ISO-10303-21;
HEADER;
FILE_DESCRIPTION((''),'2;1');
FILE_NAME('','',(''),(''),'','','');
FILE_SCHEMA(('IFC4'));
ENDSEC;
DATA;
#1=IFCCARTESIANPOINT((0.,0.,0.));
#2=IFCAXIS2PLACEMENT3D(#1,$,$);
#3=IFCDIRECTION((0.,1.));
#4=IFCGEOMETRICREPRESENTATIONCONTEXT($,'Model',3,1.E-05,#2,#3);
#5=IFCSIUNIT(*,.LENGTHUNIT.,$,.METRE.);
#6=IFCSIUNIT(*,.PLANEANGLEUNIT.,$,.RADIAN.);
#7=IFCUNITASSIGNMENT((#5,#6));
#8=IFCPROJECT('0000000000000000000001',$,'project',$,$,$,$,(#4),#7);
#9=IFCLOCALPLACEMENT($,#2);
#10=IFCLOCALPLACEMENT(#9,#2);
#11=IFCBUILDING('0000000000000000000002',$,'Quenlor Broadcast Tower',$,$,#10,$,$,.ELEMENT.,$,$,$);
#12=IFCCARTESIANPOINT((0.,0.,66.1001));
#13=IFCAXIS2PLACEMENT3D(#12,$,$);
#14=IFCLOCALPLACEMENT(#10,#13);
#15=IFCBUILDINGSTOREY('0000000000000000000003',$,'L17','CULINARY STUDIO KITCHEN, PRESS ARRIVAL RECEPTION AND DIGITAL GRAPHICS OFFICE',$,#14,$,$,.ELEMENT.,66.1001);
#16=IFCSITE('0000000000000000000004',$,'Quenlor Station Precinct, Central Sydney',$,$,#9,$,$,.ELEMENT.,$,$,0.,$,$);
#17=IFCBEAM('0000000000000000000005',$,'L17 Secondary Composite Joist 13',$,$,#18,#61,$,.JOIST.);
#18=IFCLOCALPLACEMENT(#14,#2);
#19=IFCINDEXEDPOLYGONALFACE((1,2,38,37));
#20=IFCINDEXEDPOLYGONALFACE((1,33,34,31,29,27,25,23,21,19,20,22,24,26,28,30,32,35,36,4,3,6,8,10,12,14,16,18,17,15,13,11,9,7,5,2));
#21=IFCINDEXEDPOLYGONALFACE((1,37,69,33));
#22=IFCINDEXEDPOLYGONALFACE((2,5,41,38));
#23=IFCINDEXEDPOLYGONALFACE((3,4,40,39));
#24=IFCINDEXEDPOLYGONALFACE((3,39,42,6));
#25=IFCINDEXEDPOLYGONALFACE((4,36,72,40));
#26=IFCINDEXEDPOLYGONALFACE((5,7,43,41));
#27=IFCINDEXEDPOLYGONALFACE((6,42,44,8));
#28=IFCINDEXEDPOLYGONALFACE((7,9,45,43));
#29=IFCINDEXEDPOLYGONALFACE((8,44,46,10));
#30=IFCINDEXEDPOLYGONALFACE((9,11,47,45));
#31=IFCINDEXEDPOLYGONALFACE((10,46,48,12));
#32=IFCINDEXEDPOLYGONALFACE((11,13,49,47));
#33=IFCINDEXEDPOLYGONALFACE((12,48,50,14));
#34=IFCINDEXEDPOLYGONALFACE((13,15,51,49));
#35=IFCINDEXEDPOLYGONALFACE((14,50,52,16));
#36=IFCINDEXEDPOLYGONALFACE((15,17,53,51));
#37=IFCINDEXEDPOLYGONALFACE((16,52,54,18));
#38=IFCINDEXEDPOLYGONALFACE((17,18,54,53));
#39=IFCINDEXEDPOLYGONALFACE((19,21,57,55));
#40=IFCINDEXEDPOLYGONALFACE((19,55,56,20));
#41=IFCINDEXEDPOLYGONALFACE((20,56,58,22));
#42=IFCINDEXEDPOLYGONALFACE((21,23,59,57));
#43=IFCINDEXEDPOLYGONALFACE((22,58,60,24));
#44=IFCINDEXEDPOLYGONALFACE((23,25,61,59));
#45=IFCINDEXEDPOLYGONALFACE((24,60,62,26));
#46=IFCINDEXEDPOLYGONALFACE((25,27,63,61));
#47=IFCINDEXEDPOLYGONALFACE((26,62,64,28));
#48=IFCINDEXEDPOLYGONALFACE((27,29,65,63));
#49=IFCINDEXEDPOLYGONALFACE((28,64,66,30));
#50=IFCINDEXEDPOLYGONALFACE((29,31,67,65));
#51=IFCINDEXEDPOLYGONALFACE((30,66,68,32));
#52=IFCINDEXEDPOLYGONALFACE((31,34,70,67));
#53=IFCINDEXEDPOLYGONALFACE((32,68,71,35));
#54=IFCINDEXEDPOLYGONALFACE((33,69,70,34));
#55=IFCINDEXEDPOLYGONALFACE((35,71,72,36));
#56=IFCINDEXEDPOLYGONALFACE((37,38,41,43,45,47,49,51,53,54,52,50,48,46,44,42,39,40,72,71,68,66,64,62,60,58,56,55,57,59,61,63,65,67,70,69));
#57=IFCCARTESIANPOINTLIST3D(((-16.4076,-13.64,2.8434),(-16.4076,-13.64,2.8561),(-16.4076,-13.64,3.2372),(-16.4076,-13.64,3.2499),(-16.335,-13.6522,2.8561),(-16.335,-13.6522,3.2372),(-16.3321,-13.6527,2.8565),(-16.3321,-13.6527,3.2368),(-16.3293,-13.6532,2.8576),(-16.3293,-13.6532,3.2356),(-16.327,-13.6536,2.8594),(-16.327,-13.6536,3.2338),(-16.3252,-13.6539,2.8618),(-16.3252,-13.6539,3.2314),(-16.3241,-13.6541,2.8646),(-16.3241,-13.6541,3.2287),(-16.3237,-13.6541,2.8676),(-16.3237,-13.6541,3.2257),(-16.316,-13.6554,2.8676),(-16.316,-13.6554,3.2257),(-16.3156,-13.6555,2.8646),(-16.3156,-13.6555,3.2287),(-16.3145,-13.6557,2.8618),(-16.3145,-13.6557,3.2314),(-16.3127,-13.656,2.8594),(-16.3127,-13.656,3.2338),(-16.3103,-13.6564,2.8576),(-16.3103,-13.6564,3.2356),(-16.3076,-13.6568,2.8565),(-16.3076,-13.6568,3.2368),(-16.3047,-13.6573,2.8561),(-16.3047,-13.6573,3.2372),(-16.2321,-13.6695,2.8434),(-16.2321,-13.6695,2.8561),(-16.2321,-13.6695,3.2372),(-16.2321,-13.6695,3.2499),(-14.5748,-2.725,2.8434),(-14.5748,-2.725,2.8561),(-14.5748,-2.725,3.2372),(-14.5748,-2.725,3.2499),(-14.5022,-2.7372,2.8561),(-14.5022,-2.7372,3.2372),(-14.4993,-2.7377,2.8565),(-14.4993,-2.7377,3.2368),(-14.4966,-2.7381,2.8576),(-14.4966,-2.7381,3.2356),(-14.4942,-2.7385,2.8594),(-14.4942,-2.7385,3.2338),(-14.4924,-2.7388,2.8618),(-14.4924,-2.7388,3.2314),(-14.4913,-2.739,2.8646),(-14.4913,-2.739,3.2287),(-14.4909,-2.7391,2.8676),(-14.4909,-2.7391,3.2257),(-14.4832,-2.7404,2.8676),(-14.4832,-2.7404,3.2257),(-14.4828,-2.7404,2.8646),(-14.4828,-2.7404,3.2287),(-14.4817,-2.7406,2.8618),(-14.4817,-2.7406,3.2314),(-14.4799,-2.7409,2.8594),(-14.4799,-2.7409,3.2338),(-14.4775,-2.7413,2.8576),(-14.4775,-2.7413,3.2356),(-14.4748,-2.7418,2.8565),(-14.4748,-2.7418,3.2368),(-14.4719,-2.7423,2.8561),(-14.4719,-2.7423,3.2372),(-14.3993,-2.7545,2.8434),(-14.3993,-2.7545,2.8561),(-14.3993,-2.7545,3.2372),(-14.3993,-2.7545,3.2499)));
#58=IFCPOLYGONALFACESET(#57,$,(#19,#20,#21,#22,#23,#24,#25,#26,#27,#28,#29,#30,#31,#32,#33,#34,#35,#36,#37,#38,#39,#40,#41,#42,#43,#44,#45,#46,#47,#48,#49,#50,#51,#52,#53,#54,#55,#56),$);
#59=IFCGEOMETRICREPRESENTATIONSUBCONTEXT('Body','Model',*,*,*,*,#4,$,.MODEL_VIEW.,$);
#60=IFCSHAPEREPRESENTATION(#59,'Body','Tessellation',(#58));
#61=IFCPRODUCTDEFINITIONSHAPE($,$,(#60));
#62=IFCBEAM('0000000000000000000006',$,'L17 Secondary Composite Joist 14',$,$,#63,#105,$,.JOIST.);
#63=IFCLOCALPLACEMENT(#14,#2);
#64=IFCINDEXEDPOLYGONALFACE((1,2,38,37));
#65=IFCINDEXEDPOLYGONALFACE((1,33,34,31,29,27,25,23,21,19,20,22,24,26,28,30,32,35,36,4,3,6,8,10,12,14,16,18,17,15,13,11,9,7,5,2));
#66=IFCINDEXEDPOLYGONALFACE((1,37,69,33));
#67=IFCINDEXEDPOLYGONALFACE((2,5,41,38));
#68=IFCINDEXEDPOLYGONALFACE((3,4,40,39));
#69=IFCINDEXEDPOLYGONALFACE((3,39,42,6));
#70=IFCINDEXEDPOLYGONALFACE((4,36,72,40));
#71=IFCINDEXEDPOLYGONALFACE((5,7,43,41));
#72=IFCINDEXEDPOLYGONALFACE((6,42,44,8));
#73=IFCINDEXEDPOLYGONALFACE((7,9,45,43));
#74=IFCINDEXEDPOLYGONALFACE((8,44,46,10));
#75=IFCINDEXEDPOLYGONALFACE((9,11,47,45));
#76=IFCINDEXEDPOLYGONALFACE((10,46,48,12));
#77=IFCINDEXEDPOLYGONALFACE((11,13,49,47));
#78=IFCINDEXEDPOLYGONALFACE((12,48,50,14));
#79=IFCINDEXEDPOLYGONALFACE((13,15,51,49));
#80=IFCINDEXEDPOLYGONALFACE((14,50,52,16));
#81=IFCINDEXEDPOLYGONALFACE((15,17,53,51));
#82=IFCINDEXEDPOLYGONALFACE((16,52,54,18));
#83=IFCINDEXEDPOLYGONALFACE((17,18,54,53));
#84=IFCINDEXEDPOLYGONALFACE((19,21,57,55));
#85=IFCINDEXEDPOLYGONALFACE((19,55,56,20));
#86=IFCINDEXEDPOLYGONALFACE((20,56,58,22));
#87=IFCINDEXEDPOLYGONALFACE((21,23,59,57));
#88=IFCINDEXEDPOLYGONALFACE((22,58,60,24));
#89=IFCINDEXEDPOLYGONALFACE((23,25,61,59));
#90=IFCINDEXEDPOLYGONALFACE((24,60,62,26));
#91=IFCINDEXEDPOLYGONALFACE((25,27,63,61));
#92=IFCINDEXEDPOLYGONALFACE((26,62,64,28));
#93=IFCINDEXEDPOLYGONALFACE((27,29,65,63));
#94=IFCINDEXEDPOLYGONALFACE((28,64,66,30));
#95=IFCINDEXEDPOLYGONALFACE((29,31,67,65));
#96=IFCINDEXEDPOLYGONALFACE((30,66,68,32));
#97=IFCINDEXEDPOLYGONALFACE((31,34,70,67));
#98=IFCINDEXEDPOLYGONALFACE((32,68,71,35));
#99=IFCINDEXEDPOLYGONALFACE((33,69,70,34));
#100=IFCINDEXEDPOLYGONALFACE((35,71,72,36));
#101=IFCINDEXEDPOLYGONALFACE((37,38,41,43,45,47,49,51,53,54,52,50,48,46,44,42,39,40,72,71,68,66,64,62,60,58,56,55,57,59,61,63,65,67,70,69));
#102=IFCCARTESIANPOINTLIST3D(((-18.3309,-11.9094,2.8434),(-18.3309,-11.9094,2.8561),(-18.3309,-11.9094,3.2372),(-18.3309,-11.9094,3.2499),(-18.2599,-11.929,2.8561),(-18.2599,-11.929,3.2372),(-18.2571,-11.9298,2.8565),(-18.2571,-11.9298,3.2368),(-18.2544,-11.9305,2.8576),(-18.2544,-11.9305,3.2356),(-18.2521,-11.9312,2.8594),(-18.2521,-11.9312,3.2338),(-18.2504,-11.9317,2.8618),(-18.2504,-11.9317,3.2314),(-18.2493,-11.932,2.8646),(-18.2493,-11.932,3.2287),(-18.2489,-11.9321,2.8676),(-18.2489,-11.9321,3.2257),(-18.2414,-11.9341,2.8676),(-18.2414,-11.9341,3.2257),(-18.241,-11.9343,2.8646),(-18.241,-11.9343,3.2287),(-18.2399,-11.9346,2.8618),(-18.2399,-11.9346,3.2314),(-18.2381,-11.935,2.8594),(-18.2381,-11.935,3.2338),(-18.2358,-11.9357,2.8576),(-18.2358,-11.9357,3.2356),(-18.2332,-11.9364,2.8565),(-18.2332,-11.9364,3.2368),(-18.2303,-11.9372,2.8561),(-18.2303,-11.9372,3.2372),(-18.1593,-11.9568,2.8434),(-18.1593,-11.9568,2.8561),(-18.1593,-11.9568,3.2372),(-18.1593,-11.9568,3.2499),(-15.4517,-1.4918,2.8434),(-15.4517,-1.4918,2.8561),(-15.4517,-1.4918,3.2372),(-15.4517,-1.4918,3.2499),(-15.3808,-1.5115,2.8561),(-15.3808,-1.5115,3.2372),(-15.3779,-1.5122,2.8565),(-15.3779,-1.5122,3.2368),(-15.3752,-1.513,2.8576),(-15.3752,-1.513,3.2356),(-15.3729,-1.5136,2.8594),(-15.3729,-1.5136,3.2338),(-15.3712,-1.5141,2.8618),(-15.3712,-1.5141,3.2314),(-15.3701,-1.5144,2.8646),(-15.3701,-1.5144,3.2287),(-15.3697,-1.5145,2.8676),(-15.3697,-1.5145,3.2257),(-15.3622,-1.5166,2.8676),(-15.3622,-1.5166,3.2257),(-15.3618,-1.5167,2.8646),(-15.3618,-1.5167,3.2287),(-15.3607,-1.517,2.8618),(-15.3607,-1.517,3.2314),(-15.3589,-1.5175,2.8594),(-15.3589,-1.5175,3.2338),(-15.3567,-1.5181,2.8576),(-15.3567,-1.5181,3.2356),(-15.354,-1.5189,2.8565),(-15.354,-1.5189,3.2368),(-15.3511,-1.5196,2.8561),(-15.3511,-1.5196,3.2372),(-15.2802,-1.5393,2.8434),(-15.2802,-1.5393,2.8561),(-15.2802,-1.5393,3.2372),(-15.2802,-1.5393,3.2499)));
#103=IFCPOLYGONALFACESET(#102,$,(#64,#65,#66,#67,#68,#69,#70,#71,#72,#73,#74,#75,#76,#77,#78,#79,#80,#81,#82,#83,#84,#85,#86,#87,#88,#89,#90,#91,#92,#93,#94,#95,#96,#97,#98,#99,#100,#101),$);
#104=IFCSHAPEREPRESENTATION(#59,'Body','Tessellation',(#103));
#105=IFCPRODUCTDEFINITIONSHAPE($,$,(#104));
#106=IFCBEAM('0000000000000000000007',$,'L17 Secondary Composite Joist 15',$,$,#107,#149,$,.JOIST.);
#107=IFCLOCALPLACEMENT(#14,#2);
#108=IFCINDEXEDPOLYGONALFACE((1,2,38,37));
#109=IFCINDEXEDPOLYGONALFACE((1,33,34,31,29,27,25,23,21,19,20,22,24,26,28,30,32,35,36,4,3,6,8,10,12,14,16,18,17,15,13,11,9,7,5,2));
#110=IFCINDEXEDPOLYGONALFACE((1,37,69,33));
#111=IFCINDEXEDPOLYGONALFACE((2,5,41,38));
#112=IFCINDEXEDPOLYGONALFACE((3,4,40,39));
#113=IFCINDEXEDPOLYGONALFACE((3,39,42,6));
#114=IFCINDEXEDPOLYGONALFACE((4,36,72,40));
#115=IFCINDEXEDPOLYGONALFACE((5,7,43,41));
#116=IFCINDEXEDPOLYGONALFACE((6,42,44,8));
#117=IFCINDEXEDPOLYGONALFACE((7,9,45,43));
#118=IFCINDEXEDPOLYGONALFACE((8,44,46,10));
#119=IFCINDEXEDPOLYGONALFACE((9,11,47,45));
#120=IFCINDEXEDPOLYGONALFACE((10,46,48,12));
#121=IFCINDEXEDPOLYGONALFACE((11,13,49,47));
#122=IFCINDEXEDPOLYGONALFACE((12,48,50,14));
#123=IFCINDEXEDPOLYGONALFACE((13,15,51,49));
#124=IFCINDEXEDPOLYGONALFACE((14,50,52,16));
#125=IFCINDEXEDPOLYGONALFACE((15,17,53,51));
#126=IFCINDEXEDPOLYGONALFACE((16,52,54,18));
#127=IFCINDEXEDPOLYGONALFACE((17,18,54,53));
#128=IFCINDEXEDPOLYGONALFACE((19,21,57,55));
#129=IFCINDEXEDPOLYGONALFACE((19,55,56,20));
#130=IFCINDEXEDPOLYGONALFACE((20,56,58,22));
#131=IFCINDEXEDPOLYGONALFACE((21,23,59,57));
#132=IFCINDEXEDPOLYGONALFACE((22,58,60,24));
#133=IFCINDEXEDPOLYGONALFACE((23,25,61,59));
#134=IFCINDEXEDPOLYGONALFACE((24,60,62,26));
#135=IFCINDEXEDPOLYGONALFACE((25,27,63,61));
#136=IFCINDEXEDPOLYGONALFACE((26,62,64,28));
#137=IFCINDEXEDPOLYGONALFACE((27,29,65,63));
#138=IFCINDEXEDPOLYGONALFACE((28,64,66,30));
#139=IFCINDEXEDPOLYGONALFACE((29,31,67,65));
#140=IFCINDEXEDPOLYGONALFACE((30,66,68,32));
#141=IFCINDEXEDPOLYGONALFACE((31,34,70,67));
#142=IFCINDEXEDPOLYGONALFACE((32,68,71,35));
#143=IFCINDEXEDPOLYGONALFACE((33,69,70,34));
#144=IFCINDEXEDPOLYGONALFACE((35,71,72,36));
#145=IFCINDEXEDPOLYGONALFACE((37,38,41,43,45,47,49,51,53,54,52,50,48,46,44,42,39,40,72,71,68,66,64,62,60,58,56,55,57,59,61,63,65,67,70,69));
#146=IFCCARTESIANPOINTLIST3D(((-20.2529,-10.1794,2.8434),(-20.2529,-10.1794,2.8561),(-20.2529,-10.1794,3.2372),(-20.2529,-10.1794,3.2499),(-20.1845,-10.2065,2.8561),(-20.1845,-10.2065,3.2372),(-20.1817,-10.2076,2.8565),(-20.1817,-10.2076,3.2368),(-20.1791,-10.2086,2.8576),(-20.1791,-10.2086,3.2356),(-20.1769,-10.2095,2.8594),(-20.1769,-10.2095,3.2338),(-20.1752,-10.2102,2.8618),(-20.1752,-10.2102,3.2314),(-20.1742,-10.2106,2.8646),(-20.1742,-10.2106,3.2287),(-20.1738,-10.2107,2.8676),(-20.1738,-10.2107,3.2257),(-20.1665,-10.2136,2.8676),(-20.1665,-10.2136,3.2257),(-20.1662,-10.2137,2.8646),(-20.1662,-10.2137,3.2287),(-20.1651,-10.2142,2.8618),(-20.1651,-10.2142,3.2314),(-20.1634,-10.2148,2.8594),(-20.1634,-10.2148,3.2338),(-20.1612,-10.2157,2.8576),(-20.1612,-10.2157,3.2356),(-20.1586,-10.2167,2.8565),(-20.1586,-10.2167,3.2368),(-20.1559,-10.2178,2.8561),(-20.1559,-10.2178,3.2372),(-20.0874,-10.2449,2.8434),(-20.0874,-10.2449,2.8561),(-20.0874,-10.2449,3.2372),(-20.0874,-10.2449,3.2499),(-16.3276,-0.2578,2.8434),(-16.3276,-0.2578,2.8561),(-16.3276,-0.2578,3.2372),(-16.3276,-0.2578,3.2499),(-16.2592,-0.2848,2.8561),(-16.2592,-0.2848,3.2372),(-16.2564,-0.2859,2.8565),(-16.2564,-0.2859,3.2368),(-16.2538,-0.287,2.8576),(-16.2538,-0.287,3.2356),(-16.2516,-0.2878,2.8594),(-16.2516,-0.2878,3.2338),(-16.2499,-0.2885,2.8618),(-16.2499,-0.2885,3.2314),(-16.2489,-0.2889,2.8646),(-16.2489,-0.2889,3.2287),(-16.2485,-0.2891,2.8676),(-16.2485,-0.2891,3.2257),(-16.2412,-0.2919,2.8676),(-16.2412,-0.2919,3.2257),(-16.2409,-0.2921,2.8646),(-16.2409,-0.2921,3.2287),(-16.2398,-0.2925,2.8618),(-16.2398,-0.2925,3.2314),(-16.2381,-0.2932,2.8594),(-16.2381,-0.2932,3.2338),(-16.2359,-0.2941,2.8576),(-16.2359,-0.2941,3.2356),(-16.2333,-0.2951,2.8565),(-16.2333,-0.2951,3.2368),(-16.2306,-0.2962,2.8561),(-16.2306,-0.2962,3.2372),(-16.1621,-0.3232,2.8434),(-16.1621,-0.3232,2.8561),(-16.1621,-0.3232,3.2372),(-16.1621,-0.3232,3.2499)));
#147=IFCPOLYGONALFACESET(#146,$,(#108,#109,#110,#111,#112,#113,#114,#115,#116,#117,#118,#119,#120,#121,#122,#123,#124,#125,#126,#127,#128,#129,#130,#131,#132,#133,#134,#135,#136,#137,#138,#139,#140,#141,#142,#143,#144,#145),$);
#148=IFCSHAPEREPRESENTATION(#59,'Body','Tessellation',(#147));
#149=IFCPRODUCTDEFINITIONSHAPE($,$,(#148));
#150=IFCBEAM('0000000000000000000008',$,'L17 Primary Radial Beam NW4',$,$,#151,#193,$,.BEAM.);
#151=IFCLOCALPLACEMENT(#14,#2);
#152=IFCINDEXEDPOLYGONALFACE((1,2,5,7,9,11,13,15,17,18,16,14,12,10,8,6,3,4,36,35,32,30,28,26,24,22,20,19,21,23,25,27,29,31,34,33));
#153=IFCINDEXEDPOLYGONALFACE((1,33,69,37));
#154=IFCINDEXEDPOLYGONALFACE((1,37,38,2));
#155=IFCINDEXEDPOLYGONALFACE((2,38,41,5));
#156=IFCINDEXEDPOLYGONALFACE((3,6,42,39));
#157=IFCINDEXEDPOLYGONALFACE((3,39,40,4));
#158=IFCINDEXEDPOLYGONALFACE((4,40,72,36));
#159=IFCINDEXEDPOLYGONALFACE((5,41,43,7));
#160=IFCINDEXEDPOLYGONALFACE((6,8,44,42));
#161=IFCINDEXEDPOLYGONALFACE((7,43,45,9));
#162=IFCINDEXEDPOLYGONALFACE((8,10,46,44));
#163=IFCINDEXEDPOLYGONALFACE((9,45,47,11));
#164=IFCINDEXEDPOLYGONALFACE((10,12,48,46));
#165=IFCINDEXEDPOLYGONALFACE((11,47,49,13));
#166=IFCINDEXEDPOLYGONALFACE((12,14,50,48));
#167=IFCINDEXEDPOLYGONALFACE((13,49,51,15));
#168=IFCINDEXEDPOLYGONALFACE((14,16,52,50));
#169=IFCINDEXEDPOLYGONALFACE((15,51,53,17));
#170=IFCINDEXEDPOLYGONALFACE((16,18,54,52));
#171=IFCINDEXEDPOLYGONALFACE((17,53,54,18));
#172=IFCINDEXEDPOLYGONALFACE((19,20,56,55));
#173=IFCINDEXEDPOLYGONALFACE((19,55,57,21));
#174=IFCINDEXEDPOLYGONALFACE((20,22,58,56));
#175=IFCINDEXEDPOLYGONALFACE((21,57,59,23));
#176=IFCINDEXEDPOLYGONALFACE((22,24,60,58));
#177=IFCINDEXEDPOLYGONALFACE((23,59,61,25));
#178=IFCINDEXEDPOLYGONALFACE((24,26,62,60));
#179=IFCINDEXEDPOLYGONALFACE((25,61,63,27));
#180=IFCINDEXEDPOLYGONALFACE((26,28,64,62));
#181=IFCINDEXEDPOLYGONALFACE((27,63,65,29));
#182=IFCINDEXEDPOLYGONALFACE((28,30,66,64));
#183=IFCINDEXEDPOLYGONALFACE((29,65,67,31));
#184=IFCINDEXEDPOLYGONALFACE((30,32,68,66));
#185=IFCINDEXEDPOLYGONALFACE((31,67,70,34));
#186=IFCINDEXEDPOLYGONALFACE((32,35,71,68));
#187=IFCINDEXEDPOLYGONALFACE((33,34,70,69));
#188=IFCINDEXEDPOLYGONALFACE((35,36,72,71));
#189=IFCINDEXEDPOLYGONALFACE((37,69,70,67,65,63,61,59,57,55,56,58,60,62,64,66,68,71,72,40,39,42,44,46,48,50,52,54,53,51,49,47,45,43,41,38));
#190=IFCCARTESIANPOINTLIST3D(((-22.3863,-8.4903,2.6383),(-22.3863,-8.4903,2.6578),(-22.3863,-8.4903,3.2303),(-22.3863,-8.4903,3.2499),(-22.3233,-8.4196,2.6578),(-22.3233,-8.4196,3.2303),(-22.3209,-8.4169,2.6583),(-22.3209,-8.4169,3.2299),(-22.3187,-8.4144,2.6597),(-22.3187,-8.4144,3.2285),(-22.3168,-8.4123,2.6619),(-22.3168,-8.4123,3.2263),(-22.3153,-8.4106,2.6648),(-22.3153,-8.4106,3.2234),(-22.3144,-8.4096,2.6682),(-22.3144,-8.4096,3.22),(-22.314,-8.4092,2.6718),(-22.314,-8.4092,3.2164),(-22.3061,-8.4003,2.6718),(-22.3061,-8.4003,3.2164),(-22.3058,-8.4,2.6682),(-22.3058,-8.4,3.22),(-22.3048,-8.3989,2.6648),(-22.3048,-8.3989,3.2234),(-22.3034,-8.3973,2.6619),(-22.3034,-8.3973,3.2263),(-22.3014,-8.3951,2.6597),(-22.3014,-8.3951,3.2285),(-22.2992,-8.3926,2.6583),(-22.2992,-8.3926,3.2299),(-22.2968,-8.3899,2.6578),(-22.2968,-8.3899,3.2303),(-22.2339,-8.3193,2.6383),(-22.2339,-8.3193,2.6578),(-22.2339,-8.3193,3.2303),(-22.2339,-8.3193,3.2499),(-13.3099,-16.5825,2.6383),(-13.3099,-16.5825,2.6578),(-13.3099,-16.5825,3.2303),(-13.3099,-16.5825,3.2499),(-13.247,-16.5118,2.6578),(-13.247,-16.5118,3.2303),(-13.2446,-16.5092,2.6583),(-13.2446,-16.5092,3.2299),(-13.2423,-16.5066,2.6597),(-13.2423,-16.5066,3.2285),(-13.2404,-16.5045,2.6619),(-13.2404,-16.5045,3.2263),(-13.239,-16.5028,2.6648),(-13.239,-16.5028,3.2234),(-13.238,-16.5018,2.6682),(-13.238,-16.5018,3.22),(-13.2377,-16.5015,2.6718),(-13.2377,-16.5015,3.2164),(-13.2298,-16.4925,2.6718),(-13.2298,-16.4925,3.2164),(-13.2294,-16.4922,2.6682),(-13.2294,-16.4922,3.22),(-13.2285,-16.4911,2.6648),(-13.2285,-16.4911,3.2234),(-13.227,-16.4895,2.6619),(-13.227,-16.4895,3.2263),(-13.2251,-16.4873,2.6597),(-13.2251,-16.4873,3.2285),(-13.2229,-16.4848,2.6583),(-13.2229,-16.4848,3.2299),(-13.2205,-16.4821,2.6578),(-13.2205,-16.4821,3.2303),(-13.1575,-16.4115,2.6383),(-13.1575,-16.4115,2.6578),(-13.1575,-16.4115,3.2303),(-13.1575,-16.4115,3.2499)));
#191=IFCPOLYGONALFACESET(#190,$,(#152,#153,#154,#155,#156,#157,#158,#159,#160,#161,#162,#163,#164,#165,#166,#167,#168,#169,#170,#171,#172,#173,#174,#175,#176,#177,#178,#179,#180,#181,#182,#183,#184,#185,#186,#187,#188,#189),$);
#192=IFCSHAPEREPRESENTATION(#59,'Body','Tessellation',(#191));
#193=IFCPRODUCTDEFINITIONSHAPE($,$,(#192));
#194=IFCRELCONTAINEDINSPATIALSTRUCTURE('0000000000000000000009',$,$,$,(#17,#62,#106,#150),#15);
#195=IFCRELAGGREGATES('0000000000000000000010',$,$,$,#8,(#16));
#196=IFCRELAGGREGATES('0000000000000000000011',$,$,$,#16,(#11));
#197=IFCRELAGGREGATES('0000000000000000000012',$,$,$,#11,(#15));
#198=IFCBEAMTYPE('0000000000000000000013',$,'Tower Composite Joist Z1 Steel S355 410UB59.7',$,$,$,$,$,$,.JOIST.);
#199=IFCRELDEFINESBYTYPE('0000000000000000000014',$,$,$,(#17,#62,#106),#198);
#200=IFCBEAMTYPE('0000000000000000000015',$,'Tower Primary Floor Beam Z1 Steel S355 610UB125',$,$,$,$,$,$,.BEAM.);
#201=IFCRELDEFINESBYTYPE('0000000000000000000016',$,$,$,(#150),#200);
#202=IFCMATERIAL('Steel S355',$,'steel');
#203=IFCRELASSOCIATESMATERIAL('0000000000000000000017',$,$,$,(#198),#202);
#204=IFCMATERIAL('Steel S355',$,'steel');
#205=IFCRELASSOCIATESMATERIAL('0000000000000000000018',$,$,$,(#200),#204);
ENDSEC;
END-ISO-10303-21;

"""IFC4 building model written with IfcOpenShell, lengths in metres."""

from ifc_helpers import new_model, si_unit, direction, frame, origin, origin_2d, place, context, subcontext, project, spatial, i_section, extrude, material, material_profile, profile_set, type_object, element, save


model = new_model("IFC4")

# Units and contexts
model_context = context("Model", 3, precision=1e-05, world=origin(), true_north=direction((0.0, 1.0)))
body_context = subcontext(model_context, "Body", "Model", "MODEL_VIEW")
ifc_project = project(units=[si_unit("LENGTHUNIT", "METRE"), si_unit("PLANEANGLEUNIT", "RADIAN")], contexts=[model_context])

# Site, building, storey
site_placement = place(None, origin())
site = spatial("IfcSite", under=ifc_project, at=site_placement, Name="Quenlor Station Precinct, Central Sydney", CompositionType="ELEMENT", RefElevation=0.0)
building_placement = place(site_placement, origin())
building = spatial("IfcBuilding", under=site, at=building_placement, Name="Quenlor Broadcast Tower", CompositionType="ELEMENT")
storey_placement = place(building_placement, frame((0.0, 0.0, 66.1001)))
storey = spatial("IfcBuildingStorey", under=building, at=storey_placement, Name="L17", Description="CULINARY STUDIO KITCHEN, PRESS ARRIVAL RECEPTION AND DIGITAL GRAPHICS OFFICE", CompositionType="ELEMENT", Elevation=66.1001)

# Beams
ifc_material_1 = material(Name="Steel S355", Category="steel")
ifc_material_profile_1 = material_profile(ifc_material_1, i_section(OverallWidth=0.178, OverallDepth=0.4065, WebThickness=0.0078, FlangeThickness=0.0127, FilletRadius=0.0115, at=origin_2d()))
ifc_profile_set_1 = profile_set([ifc_material_profile_1], Name="Steel S355 410UB59.7")
beam_type_1 = type_object("IfcBeamType", Name="Tower Composite Joist Z1 Steel S355 410UB59.7", PredefinedType="JOIST", material=ifc_profile_set_1)
beam_1_placement = place(storey_placement, frame((-16.3198, -13.6548, 3.0466), z_axis=(0.165594, 0.986194, 0.0), x_axis=(-0.986194, 0.165594, 0.0)))
element("IfcBeam", 1, at=beam_1_placement, inside=storey, type_object=beam_type_1, Name="L17 Secondary Composite Joist 13", PredefinedType="JOIST", context=body_context, shape_type="SweptSolid", body=[
    extrude(i_section(OverallWidth=0.178, OverallDepth=0.4065, WebThickness=0.0078, FlangeThickness=0.0127, FilletRadius=0.0115, at=origin_2d()), origin(), (0.0, 0.0, 1.0), 11.0679),
])
beam_2_placement = place(storey_placement, frame((-18.2451, -11.9331, 3.0466), z_axis=(0.26639, 0.963865, 0.0), x_axis=(-0.963865, 0.26639, 0.0)))
element("IfcBeam", 2, at=beam_2_placement, inside=storey, type_object=beam_type_1, Name="L17 Secondary Composite Joist 14", PredefinedType="JOIST", context=body_context, shape_type="SweptSolid", body=[
    extrude(i_section(OverallWidth=0.178, OverallDepth=0.4065, WebThickness=0.0078, FlangeThickness=0.0127, FilletRadius=0.0115, at=origin_2d()), origin(), (0.0, 0.0, 1.0), 10.8081),
])
beam_3_placement = place(storey_placement, frame((-20.1702, -10.2122, 3.0466), z_axis=(0.367885, 0.929871, 0.0), x_axis=(-0.929871, 0.367885, 0.0)))
element("IfcBeam", 3, at=beam_3_placement, inside=storey, type_object=beam_type_1, Name="L17 Secondary Composite Joist 15", PredefinedType="JOIST", context=body_context, shape_type="SweptSolid", body=[
    extrude(i_section(OverallWidth=0.178, OverallDepth=0.4065, WebThickness=0.0078, FlangeThickness=0.0127, FilletRadius=0.0115, at=origin_2d()), origin(), (0.0, 0.0, 1.0), 10.6699),
])
ifc_material_2 = material(Name="Steel S355", Category="steel")
ifc_material_profile_2 = material_profile(ifc_material_2, i_section(OverallWidth=0.229, OverallDepth=0.6116, WebThickness=0.012, FlangeThickness=0.0195, FilletRadius=0.0139, at=origin_2d()))
ifc_profile_set_2 = profile_set([ifc_material_profile_2], Name="Steel S355 610UB125")
beam_type_2 = type_object("IfcBeamType", Name="Tower Primary Floor Beam Z1 Steel S355 610UB125", PredefinedType="BEAM", material=ifc_profile_set_2)
beam_4_placement = place(storey_placement, frame((-22.3101, -8.4048, 2.9441), z_axis=(0.746414, -0.665482, 0.0), x_axis=(0.665482, 0.746414, 0.0)))
element("IfcBeam", 4, at=beam_4_placement, inside=storey, type_object=beam_type_2, Name="L17 Primary Radial Beam NW4", PredefinedType="BEAM", context=body_context, shape_type="SweptSolid", body=[
    extrude(i_section(OverallWidth=0.229, OverallDepth=0.6116, WebThickness=0.012, FlangeThickness=0.0195, FilletRadius=0.0139, at=origin_2d()), origin(), (0.0, 0.0, 1.0), 12.1599),
])

save(model, "model.ifc")
